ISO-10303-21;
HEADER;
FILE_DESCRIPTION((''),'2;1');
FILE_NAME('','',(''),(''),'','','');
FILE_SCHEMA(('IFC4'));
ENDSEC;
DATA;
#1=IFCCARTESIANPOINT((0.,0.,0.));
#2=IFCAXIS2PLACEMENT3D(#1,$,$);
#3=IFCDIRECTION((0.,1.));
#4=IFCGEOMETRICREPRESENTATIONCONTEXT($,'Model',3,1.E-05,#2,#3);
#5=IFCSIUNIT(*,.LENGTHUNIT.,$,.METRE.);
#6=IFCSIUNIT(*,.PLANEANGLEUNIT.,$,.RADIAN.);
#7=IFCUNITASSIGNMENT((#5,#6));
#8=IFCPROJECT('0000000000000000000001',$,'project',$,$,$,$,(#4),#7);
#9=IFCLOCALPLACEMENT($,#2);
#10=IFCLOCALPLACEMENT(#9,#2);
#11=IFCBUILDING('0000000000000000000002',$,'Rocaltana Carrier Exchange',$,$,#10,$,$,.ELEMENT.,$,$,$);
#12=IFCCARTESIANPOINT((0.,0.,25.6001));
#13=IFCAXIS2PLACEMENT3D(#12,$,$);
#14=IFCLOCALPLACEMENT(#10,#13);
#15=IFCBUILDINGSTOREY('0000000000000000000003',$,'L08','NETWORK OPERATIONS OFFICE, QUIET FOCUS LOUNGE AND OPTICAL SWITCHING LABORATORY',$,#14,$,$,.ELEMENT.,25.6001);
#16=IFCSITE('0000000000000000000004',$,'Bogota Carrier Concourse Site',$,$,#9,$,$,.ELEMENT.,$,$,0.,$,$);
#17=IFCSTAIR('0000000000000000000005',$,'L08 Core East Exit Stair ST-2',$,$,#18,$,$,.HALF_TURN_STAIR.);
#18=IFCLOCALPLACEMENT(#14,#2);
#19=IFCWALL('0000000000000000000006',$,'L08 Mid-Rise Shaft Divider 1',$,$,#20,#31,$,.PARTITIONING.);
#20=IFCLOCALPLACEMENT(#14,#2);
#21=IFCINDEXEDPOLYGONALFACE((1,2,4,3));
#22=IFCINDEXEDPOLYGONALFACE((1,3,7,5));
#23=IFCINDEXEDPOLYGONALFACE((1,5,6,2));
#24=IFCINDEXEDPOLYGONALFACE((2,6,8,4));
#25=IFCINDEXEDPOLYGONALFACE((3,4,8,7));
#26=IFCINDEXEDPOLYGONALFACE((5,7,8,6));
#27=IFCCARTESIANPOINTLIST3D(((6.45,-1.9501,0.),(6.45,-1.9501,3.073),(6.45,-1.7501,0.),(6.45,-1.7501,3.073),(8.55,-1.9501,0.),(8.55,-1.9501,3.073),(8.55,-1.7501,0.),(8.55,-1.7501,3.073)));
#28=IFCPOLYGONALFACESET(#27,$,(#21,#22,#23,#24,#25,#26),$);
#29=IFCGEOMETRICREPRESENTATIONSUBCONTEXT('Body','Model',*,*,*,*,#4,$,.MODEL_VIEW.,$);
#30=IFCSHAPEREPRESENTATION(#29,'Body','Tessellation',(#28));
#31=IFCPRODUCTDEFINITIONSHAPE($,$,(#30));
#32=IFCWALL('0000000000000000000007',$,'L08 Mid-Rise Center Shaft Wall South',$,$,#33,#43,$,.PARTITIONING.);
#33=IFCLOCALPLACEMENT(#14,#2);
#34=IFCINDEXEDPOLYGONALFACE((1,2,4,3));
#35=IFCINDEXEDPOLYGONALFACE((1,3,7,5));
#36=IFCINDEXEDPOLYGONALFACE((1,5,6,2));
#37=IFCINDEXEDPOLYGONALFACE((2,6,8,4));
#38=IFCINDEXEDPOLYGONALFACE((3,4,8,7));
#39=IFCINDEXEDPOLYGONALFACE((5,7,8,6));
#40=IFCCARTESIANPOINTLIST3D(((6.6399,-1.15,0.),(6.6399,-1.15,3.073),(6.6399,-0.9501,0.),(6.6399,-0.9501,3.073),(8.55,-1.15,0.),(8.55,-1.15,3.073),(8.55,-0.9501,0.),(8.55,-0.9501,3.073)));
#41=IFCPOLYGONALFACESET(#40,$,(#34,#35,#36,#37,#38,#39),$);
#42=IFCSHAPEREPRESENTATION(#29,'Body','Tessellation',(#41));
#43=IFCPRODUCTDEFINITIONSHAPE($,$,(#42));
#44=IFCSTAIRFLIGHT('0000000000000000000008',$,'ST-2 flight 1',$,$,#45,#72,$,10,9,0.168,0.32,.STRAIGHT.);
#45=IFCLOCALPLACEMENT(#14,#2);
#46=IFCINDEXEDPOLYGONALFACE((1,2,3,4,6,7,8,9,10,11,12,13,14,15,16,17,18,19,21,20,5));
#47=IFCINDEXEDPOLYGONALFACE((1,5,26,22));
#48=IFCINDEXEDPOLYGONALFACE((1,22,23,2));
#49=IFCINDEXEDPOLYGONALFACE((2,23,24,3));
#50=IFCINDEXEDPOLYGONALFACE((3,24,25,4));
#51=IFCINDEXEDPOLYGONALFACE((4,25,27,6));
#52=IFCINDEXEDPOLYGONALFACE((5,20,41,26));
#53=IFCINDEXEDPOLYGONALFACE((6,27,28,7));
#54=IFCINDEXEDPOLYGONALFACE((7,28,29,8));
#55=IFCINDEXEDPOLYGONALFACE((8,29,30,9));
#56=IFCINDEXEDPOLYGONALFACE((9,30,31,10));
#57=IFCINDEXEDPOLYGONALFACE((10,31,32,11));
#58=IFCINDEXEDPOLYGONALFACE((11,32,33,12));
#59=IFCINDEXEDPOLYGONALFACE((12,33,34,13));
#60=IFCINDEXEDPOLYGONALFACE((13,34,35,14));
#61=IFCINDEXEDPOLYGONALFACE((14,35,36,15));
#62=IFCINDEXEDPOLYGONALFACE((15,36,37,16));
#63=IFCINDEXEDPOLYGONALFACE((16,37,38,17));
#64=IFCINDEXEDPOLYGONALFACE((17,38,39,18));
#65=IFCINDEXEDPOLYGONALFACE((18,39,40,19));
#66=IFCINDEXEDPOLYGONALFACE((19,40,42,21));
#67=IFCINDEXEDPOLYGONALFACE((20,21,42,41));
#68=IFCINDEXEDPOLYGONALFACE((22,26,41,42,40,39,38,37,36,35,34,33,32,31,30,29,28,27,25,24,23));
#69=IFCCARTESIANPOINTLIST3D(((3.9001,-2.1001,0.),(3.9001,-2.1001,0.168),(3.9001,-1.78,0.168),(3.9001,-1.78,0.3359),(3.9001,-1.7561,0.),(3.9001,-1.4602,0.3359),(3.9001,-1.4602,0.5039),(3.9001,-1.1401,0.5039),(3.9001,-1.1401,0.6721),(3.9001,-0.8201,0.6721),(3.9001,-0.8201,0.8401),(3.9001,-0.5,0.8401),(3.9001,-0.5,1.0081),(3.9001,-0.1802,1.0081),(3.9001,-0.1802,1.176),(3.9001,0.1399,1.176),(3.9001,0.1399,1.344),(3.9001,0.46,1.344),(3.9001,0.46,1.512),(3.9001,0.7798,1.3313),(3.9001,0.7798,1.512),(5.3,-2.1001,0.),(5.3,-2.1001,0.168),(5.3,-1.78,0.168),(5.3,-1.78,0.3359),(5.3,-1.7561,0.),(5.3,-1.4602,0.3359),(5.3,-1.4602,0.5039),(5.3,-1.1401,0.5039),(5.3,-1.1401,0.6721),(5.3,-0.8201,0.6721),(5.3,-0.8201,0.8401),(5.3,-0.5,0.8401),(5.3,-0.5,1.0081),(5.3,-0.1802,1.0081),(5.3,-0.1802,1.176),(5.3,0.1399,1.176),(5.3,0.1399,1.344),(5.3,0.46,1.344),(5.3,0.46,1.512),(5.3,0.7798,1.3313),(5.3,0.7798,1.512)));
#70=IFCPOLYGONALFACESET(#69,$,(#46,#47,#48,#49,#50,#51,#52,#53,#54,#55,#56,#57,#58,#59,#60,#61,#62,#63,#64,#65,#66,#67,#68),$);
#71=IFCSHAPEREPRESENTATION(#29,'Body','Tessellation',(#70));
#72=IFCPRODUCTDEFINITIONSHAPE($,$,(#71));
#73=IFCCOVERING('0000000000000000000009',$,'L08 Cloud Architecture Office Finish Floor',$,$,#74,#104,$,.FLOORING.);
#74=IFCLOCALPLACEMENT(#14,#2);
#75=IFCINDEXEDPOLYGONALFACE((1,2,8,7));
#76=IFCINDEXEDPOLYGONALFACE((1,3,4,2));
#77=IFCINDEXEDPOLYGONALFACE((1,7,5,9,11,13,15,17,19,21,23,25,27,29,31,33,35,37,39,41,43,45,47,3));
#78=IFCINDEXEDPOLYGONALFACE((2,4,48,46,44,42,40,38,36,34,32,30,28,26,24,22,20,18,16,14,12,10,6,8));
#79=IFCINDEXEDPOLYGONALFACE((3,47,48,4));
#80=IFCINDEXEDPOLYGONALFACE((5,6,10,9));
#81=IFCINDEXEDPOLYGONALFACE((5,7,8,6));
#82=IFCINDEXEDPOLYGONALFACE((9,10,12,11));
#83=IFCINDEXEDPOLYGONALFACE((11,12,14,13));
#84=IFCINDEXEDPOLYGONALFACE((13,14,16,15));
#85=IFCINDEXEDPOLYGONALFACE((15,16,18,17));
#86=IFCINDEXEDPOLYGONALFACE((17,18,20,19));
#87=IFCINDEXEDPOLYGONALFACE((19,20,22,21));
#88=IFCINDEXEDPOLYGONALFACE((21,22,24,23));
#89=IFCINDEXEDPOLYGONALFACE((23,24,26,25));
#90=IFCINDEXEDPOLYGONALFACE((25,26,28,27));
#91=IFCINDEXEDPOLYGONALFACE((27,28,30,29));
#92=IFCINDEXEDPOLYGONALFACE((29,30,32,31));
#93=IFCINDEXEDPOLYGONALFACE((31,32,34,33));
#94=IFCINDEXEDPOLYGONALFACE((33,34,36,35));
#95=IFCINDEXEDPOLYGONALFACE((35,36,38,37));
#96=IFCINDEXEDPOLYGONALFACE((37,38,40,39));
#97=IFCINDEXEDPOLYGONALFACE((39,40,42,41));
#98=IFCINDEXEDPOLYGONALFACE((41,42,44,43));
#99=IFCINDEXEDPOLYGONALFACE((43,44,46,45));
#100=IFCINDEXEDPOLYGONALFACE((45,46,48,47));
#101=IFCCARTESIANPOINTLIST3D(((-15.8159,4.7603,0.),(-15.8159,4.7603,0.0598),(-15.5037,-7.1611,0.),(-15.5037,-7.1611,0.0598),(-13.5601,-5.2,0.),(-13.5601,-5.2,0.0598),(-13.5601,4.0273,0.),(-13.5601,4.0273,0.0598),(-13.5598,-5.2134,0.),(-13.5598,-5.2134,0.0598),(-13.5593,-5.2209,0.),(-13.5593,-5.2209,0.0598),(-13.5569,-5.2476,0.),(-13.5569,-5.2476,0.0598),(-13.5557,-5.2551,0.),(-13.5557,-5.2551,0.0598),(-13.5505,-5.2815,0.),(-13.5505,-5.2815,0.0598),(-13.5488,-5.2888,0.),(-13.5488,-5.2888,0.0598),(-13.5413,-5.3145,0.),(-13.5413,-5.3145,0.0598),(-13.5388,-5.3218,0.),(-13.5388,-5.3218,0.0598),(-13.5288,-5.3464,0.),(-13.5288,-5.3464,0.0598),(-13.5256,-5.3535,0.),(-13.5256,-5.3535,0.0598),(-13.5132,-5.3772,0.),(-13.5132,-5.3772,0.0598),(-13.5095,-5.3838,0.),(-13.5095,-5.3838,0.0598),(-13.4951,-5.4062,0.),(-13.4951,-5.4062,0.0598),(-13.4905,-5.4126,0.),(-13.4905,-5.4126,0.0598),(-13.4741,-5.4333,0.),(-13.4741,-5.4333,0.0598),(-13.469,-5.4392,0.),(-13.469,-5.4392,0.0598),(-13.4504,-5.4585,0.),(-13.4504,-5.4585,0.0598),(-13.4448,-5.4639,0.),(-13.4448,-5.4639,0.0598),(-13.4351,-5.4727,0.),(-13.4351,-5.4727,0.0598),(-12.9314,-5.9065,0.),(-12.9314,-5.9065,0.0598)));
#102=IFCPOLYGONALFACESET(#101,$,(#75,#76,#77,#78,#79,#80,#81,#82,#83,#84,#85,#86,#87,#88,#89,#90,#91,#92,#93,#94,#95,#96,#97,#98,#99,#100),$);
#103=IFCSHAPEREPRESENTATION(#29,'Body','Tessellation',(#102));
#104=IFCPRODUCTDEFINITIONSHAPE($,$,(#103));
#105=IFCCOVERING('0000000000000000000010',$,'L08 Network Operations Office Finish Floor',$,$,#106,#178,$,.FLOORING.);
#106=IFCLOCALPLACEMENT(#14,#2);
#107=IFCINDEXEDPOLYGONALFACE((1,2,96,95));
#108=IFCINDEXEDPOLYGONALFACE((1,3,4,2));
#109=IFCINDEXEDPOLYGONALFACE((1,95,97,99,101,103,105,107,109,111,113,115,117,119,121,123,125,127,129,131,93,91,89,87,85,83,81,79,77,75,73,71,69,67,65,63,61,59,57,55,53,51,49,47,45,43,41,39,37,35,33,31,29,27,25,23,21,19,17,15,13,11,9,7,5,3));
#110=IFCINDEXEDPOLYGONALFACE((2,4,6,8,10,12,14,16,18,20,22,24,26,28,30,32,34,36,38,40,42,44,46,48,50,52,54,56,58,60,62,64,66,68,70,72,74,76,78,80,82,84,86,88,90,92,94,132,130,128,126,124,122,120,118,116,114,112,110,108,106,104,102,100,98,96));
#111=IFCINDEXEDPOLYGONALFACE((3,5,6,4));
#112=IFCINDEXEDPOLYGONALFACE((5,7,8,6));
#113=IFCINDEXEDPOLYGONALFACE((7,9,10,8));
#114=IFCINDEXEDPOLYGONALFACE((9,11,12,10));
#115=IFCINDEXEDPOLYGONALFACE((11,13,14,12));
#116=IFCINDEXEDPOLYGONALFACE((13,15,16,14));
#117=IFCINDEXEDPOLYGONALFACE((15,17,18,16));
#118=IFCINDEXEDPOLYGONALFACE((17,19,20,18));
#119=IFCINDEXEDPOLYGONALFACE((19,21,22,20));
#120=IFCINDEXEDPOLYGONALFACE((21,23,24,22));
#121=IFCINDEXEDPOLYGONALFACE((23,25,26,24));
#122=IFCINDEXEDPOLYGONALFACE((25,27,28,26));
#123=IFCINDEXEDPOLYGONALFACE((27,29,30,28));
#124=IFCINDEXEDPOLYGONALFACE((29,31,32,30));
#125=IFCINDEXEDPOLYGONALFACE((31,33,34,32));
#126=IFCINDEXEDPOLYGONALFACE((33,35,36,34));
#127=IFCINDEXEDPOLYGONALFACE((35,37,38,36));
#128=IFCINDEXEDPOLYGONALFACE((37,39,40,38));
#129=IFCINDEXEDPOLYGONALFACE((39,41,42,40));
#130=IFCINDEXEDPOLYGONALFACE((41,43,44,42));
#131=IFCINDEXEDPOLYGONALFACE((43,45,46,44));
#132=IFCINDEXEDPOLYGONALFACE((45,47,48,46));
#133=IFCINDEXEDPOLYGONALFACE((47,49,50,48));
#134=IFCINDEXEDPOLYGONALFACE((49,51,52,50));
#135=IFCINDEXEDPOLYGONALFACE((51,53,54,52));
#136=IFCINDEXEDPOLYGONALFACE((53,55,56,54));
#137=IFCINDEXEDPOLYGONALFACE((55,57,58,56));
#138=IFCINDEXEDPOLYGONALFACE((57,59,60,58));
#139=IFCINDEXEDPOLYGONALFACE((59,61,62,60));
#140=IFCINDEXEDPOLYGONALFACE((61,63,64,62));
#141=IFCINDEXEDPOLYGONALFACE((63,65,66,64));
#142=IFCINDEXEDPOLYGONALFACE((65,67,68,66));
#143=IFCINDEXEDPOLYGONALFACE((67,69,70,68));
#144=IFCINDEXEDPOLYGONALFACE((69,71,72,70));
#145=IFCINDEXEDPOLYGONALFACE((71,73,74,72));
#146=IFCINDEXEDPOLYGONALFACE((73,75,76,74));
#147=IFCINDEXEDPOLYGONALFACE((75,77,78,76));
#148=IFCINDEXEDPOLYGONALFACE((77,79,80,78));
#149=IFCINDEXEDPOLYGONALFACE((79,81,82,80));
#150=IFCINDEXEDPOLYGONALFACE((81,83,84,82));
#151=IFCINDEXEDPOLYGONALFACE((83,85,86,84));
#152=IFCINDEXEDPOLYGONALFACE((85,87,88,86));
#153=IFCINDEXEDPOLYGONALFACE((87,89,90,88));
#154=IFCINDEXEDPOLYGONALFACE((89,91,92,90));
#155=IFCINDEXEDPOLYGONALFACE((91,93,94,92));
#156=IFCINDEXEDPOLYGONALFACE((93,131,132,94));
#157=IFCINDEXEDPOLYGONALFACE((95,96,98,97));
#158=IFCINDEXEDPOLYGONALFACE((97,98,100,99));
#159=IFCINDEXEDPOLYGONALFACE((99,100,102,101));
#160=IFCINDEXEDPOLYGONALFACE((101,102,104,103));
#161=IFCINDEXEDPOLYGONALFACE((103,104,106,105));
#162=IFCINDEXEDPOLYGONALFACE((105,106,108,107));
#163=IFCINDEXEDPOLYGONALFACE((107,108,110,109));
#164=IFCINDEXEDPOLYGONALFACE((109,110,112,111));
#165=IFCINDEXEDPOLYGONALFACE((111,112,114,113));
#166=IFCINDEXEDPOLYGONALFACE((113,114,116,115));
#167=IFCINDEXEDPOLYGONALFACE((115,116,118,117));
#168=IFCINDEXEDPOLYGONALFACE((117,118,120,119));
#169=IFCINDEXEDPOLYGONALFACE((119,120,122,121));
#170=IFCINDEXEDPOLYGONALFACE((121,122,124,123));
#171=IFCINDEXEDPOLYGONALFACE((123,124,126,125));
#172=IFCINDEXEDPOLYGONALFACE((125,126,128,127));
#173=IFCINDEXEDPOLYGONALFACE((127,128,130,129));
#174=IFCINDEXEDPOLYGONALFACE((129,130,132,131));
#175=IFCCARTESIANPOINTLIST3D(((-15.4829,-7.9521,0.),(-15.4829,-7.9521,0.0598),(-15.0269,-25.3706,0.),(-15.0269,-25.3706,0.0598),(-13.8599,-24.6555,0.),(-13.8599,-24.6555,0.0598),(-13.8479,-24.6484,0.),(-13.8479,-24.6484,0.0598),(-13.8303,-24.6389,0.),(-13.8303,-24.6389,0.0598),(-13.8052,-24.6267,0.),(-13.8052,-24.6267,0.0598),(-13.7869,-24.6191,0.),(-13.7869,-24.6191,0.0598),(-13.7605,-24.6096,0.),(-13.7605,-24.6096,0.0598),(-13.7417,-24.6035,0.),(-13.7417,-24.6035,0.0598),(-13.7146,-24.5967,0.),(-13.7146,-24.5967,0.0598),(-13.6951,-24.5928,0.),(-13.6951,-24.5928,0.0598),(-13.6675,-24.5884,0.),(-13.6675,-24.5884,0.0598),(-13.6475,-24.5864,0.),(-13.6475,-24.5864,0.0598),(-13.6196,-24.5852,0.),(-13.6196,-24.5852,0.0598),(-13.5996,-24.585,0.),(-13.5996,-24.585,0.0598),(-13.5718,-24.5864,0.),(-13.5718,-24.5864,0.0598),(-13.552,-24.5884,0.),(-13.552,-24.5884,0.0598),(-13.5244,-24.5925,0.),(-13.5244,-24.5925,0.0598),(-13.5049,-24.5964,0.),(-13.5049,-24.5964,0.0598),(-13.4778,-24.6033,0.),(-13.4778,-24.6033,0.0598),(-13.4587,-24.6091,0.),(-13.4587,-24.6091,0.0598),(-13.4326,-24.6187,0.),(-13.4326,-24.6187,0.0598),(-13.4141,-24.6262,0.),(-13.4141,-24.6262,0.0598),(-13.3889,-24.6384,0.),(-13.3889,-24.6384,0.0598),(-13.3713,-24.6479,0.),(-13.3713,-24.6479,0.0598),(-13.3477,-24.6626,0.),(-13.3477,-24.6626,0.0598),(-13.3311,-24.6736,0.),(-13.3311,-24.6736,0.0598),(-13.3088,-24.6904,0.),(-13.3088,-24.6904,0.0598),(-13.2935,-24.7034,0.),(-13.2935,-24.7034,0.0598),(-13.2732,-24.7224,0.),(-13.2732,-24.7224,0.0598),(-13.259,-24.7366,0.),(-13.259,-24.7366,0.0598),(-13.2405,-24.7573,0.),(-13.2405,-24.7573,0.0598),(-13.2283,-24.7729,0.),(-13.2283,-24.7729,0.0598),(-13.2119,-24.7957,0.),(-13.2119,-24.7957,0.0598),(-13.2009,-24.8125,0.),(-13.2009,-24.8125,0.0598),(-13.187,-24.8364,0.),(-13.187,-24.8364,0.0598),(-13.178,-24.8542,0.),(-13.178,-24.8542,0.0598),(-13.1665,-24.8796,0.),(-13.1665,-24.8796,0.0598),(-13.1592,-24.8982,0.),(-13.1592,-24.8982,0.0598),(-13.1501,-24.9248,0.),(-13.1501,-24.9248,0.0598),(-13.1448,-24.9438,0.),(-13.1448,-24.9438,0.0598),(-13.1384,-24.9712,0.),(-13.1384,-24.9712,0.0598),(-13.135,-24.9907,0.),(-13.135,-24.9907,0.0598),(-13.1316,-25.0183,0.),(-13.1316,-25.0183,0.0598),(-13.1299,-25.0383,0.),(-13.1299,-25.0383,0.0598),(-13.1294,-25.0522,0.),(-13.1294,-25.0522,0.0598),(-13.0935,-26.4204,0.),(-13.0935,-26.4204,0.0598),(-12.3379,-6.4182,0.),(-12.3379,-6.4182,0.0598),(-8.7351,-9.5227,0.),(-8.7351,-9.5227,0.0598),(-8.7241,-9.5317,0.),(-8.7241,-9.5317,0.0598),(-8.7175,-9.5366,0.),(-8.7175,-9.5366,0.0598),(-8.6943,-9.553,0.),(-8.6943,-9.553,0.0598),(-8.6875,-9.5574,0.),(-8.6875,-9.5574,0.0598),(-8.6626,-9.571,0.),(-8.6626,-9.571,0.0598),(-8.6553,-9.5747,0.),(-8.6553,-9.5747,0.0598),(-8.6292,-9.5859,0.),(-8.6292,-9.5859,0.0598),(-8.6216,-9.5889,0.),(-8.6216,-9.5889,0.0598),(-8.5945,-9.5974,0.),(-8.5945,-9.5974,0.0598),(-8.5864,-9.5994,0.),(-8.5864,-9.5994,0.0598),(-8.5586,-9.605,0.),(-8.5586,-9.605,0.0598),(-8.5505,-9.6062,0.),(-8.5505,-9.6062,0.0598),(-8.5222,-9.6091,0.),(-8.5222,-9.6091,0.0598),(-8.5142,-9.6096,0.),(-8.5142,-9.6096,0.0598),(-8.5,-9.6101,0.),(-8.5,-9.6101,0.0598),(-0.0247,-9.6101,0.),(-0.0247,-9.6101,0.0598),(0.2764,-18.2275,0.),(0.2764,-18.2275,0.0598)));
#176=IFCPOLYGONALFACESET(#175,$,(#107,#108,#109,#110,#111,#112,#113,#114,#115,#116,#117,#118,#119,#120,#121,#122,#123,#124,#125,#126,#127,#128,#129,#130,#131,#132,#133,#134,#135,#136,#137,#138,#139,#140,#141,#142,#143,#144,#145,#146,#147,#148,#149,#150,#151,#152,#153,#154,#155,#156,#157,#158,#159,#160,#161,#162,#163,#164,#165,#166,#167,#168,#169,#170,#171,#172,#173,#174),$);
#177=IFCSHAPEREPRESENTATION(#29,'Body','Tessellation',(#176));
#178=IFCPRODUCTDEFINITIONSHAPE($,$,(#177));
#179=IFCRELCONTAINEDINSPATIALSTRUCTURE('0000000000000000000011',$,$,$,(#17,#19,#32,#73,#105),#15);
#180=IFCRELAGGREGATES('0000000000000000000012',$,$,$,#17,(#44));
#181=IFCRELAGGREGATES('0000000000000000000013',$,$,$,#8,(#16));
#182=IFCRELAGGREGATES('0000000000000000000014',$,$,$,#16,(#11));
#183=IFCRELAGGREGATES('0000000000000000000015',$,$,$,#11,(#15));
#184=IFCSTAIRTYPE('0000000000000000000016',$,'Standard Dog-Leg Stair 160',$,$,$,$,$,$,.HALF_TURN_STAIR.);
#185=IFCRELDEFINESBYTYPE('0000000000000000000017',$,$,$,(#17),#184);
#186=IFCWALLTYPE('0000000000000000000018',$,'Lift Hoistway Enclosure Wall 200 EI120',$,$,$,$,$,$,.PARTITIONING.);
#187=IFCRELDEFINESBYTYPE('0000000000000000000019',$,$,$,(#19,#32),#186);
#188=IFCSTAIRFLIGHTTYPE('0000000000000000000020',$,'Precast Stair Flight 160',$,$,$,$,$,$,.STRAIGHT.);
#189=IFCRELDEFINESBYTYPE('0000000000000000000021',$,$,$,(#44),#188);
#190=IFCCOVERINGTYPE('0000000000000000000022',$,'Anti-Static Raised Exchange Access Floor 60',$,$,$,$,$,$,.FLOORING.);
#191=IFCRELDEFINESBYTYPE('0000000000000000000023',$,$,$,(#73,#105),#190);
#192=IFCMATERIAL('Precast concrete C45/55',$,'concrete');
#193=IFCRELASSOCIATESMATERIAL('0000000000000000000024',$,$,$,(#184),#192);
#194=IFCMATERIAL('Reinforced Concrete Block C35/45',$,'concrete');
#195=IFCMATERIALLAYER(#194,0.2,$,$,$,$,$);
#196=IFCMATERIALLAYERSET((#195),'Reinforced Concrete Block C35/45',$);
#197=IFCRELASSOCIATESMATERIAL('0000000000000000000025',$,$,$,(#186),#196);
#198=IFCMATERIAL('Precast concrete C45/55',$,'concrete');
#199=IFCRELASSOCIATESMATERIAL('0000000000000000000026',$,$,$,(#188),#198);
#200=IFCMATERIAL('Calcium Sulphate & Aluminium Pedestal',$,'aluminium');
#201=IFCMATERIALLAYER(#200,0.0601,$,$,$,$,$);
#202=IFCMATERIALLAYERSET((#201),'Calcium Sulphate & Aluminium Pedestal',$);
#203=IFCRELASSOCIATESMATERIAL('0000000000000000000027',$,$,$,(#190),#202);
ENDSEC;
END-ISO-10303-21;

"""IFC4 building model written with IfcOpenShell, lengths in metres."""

from ifc_helpers import new_model, si_unit, direction, frame, frame_2d, origin, place, context, subcontext, project, spatial, polyline, rectangle, outline, extrude, material, layer, layer_set, type_object, element, aggregate, save


model = new_model("IFC4")

# Units and contexts
model_context = context("Model", 3, precision=1e-05, world=origin(), true_north=direction((0.0, 1.0)))
body_context = subcontext(model_context, "Body", "Model", "MODEL_VIEW")
ifc_project = project(units=[si_unit("LENGTHUNIT", "METRE"), si_unit("PLANEANGLEUNIT", "RADIAN")], contexts=[model_context])

# Site, building, storey
site_placement = place(None, origin())
site = spatial("IfcSite", under=ifc_project, at=site_placement, Name="Bogota Carrier Concourse Site", CompositionType="ELEMENT", RefElevation=0.0)
building_placement = place(site_placement, origin())
building = spatial("IfcBuilding", under=site, at=building_placement, Name="Rocaltana Carrier Exchange", CompositionType="ELEMENT")
storey_placement = place(building_placement, frame((0.0, 0.0, 25.6001)))
storey = spatial("IfcBuildingStorey", under=building, at=storey_placement, Name="L08", Description="NETWORK OPERATIONS OFFICE, QUIET FOCUS LOUNGE AND OPTICAL SWITCHING LABORATORY", CompositionType="ELEMENT", Elevation=25.6001)

# Stair
ifc_material_1 = material(Name="Precast concrete C45/55", Category="concrete")
stair_type = type_object("IfcStairType", Name="Standard Dog-Leg Stair 160", PredefinedType="HALF_TURN_STAIR", material=ifc_material_1)
stair_1_placement = place(storey_placement, origin())
stair_1 = element("IfcStair", 1, at=stair_1_placement, inside=storey, type_object=stair_type, Name="L08 Core East Exit Stair ST-2", PredefinedType="HALF_TURN_STAIR")

# Walls
ifc_material_2 = material(Name="Reinforced Concrete Block C35/45", Category="concrete")
ifc_layer_1 = layer(ifc_material_2, 0.2)
ifc_layer_set_1 = layer_set([ifc_layer_1], Name="Reinforced Concrete Block C35/45")
wall_type = type_object("IfcWallType", Name="Lift Hoistway Enclosure Wall 200 EI120", PredefinedType="PARTITIONING", material=ifc_layer_set_1)
wall_1_placement = place(storey_placement, frame((6.45, -1.8501, 0.0), z_axis=(0.0, 0.0, 1.0), x_axis=(1.0, 0.0, 0.0)))
element("IfcWall", 2, at=wall_1_placement, inside=storey, type_object=wall_type, Name="L08 Mid-Rise Shaft Divider 1", PredefinedType="PARTITIONING", context=body_context, shape_type="SweptSolid", body=[
    extrude(rectangle(XDim=2.1001, YDim=0.2, at=frame_2d((1.05, 0.0))), origin(), (0.0, 0.0, 1.0), 3.073),
])
wall_2_placement = place(storey_placement, frame((6.6399, -1.05, 0.0), z_axis=(0.0, 0.0, 1.0), x_axis=(1.0, 0.0, 0.0)))
element("IfcWall", 3, at=wall_2_placement, inside=storey, type_object=wall_type, Name="L08 Mid-Rise Center Shaft Wall South", PredefinedType="PARTITIONING", context=body_context, shape_type="SweptSolid", body=[
    extrude(rectangle(XDim=1.9102, YDim=0.2, at=frame_2d((0.9551, 0.0))), origin(), (0.0, 0.0, 1.0), 3.073),
])

# Stair flight
ifc_material_3 = material(Name="Precast concrete C45/55", Category="concrete")
stair_flight_type = type_object("IfcStairFlightType", Name="Precast Stair Flight 160", PredefinedType="STRAIGHT", material=ifc_material_3)
stair_flight_placement = place(storey_placement, frame((4.6001, -2.1001, 0.0), z_axis=(0.0, 0.0, 1.0), x_axis=(0.0, 1.0, 0.0)))
stair_flight = element("IfcStairFlight", 4, at=stair_flight_placement, type_object=stair_flight_type, Name="ST-2 flight 1", NumberOfRisers=10, NumberOfTreads=9, PredefinedType="STRAIGHT", RiserHeight=0.168, TreadLength=0.32, context=body_context, shape_type="SweptSolid", body=[
    extrude(outline(polyline([(0.0, 0.0), (0.0, 0.168), (0.3201, 0.168), (0.3201, 0.3359), (0.6399, 0.3359), (0.6399, 0.5039), (0.96, 0.5039), (0.96, 0.6721), (1.28, 0.6721), (1.28, 0.8401), (1.6001, 0.8401), (1.6001, 1.0081), (1.9199, 1.0081), (1.9199, 1.176), (2.24, 1.176), (2.24, 1.344), (2.5601, 1.344), (2.5601, 1.512), (2.8799, 1.512), (2.8799, 1.6799), (2.8799, 1.3313), (0.344, 0.0), (0.0, 0.0)])), frame((0.0, 0.7, 0.0), z_axis=(0.0, -1.0, 0.0), x_axis=(1.0, 0.0, 0.0)), (0.0, 0.0, 1.0), 1.3999),
])
aggregate(stair_1, [stair_flight])

# Coverings
ifc_material_4 = material(Name="Calcium Sulphate & Aluminium Pedestal", Category="aluminium")
ifc_layer_2 = layer(ifc_material_4, 0.0601)
ifc_layer_set_2 = layer_set([ifc_layer_2], Name="Calcium Sulphate & Aluminium Pedestal")
covering_type_1 = type_object("IfcCoveringType", Name="Anti-Static Raised Exchange Access Floor 60", PredefinedType="FLOORING", material=ifc_layer_set_2)
covering_1_placement = place(storey_placement, origin())
element("IfcCovering", 5, at=covering_1_placement, inside=storey, type_object=covering_type_1, Name="L08 Cloud Architecture Office Finish Floor", PredefinedType="FLOORING", context=body_context, shape_type="SweptSolid", body=[
    extrude(outline(polyline([(-15.8159, 4.7603), (-13.5601, 4.0273), (-13.5601, -5.2), (-13.5598, -5.2134), (-13.5593, -5.2209), (-13.5569, -5.2476), (-13.5557, -5.2551), (-13.5505, -5.2815), (-13.5488, -5.2888), (-13.5413, -5.3145), (-13.5388, -5.3218), (-13.5288, -5.3464), (-13.5256, -5.3535), (-13.5132, -5.3772), (-13.5095, -5.3838), (-13.4951, -5.4062), (-13.4905, -5.4126), (-13.4741, -5.4333), (-13.469, -5.4392), (-13.4504, -5.4585), (-13.4448, -5.4639), (-13.4351, -5.4727), (-12.9314, -5.9065), (-15.5037, -7.1611), (-15.8159, 4.7603)])), origin(), (0.0, 0.0, 1.0), 0.0598),
])
covering_2_placement = place(storey_placement, origin())
element("IfcCovering", 6, at=covering_2_placement, inside=storey, type_object=covering_type_1, Name="L08 Network Operations Office Finish Floor", PredefinedType="FLOORING", context=body_context, shape_type="SweptSolid", body=[
    extrude(outline(polyline([(-13.1294, -25.0522), (-13.1299, -25.0383), (-13.1316, -25.0183), (-13.135, -24.9907), (-13.1384, -24.9712), (-13.1448, -24.9438), (-13.1501, -24.9248), (-13.1592, -24.8982), (-13.1665, -24.8796), (-13.178, -24.8542), (-13.187, -24.8364), (-13.2009, -24.8125), (-13.2119, -24.7957), (-13.2283, -24.7729), (-13.2405, -24.7573), (-13.259, -24.7366), (-13.2732, -24.7224), (-13.2935, -24.7034), (-13.3088, -24.6904), (-13.3311, -24.6736), (-13.3477, -24.6626), (-13.3713, -24.6479), (-13.3889, -24.6384), (-13.4141, -24.6262), (-13.4326, -24.6187), (-13.4587, -24.6091), (-13.4778, -24.6033), (-13.5049, -24.5964), (-13.5244, -24.5925), (-13.552, -24.5884), (-13.5718, -24.5864), (-13.5996, -24.585), (-13.6196, -24.5852), (-13.6475, -24.5864), (-13.6675, -24.5884), (-13.6951, -24.5928), (-13.7146, -24.5967), (-13.7417, -24.6035), (-13.7605, -24.6096), (-13.7869, -24.6191), (-13.8052, -24.6267), (-13.8303, -24.6389), (-13.8479, -24.6484), (-13.8599, -24.6555), (-15.0269, -25.3706), (-15.4829, -7.9521), (-12.3379, -6.4182), (-8.7351, -9.5227), (-8.7241, -9.5317), (-8.7175, -9.5366), (-8.6943, -9.553), (-8.6875, -9.5574), (-8.6626, -9.571), (-8.6553, -9.5747), (-8.6292, -9.5859), (-8.6216, -9.5889), (-8.5945, -9.5974), (-8.5864, -9.5994), (-8.5586, -9.605), (-8.5505, -9.6062), (-8.5222, -9.6091), (-8.5142, -9.6096), (-8.5, -9.6101), (-0.0247, -9.6101), (0.2764, -18.2275), (-13.0935, -26.4204), (-13.1294, -25.0522)])), origin(), (0.0, 0.0, 1.0), 0.0598),
])

save(model, "model.ifc")
